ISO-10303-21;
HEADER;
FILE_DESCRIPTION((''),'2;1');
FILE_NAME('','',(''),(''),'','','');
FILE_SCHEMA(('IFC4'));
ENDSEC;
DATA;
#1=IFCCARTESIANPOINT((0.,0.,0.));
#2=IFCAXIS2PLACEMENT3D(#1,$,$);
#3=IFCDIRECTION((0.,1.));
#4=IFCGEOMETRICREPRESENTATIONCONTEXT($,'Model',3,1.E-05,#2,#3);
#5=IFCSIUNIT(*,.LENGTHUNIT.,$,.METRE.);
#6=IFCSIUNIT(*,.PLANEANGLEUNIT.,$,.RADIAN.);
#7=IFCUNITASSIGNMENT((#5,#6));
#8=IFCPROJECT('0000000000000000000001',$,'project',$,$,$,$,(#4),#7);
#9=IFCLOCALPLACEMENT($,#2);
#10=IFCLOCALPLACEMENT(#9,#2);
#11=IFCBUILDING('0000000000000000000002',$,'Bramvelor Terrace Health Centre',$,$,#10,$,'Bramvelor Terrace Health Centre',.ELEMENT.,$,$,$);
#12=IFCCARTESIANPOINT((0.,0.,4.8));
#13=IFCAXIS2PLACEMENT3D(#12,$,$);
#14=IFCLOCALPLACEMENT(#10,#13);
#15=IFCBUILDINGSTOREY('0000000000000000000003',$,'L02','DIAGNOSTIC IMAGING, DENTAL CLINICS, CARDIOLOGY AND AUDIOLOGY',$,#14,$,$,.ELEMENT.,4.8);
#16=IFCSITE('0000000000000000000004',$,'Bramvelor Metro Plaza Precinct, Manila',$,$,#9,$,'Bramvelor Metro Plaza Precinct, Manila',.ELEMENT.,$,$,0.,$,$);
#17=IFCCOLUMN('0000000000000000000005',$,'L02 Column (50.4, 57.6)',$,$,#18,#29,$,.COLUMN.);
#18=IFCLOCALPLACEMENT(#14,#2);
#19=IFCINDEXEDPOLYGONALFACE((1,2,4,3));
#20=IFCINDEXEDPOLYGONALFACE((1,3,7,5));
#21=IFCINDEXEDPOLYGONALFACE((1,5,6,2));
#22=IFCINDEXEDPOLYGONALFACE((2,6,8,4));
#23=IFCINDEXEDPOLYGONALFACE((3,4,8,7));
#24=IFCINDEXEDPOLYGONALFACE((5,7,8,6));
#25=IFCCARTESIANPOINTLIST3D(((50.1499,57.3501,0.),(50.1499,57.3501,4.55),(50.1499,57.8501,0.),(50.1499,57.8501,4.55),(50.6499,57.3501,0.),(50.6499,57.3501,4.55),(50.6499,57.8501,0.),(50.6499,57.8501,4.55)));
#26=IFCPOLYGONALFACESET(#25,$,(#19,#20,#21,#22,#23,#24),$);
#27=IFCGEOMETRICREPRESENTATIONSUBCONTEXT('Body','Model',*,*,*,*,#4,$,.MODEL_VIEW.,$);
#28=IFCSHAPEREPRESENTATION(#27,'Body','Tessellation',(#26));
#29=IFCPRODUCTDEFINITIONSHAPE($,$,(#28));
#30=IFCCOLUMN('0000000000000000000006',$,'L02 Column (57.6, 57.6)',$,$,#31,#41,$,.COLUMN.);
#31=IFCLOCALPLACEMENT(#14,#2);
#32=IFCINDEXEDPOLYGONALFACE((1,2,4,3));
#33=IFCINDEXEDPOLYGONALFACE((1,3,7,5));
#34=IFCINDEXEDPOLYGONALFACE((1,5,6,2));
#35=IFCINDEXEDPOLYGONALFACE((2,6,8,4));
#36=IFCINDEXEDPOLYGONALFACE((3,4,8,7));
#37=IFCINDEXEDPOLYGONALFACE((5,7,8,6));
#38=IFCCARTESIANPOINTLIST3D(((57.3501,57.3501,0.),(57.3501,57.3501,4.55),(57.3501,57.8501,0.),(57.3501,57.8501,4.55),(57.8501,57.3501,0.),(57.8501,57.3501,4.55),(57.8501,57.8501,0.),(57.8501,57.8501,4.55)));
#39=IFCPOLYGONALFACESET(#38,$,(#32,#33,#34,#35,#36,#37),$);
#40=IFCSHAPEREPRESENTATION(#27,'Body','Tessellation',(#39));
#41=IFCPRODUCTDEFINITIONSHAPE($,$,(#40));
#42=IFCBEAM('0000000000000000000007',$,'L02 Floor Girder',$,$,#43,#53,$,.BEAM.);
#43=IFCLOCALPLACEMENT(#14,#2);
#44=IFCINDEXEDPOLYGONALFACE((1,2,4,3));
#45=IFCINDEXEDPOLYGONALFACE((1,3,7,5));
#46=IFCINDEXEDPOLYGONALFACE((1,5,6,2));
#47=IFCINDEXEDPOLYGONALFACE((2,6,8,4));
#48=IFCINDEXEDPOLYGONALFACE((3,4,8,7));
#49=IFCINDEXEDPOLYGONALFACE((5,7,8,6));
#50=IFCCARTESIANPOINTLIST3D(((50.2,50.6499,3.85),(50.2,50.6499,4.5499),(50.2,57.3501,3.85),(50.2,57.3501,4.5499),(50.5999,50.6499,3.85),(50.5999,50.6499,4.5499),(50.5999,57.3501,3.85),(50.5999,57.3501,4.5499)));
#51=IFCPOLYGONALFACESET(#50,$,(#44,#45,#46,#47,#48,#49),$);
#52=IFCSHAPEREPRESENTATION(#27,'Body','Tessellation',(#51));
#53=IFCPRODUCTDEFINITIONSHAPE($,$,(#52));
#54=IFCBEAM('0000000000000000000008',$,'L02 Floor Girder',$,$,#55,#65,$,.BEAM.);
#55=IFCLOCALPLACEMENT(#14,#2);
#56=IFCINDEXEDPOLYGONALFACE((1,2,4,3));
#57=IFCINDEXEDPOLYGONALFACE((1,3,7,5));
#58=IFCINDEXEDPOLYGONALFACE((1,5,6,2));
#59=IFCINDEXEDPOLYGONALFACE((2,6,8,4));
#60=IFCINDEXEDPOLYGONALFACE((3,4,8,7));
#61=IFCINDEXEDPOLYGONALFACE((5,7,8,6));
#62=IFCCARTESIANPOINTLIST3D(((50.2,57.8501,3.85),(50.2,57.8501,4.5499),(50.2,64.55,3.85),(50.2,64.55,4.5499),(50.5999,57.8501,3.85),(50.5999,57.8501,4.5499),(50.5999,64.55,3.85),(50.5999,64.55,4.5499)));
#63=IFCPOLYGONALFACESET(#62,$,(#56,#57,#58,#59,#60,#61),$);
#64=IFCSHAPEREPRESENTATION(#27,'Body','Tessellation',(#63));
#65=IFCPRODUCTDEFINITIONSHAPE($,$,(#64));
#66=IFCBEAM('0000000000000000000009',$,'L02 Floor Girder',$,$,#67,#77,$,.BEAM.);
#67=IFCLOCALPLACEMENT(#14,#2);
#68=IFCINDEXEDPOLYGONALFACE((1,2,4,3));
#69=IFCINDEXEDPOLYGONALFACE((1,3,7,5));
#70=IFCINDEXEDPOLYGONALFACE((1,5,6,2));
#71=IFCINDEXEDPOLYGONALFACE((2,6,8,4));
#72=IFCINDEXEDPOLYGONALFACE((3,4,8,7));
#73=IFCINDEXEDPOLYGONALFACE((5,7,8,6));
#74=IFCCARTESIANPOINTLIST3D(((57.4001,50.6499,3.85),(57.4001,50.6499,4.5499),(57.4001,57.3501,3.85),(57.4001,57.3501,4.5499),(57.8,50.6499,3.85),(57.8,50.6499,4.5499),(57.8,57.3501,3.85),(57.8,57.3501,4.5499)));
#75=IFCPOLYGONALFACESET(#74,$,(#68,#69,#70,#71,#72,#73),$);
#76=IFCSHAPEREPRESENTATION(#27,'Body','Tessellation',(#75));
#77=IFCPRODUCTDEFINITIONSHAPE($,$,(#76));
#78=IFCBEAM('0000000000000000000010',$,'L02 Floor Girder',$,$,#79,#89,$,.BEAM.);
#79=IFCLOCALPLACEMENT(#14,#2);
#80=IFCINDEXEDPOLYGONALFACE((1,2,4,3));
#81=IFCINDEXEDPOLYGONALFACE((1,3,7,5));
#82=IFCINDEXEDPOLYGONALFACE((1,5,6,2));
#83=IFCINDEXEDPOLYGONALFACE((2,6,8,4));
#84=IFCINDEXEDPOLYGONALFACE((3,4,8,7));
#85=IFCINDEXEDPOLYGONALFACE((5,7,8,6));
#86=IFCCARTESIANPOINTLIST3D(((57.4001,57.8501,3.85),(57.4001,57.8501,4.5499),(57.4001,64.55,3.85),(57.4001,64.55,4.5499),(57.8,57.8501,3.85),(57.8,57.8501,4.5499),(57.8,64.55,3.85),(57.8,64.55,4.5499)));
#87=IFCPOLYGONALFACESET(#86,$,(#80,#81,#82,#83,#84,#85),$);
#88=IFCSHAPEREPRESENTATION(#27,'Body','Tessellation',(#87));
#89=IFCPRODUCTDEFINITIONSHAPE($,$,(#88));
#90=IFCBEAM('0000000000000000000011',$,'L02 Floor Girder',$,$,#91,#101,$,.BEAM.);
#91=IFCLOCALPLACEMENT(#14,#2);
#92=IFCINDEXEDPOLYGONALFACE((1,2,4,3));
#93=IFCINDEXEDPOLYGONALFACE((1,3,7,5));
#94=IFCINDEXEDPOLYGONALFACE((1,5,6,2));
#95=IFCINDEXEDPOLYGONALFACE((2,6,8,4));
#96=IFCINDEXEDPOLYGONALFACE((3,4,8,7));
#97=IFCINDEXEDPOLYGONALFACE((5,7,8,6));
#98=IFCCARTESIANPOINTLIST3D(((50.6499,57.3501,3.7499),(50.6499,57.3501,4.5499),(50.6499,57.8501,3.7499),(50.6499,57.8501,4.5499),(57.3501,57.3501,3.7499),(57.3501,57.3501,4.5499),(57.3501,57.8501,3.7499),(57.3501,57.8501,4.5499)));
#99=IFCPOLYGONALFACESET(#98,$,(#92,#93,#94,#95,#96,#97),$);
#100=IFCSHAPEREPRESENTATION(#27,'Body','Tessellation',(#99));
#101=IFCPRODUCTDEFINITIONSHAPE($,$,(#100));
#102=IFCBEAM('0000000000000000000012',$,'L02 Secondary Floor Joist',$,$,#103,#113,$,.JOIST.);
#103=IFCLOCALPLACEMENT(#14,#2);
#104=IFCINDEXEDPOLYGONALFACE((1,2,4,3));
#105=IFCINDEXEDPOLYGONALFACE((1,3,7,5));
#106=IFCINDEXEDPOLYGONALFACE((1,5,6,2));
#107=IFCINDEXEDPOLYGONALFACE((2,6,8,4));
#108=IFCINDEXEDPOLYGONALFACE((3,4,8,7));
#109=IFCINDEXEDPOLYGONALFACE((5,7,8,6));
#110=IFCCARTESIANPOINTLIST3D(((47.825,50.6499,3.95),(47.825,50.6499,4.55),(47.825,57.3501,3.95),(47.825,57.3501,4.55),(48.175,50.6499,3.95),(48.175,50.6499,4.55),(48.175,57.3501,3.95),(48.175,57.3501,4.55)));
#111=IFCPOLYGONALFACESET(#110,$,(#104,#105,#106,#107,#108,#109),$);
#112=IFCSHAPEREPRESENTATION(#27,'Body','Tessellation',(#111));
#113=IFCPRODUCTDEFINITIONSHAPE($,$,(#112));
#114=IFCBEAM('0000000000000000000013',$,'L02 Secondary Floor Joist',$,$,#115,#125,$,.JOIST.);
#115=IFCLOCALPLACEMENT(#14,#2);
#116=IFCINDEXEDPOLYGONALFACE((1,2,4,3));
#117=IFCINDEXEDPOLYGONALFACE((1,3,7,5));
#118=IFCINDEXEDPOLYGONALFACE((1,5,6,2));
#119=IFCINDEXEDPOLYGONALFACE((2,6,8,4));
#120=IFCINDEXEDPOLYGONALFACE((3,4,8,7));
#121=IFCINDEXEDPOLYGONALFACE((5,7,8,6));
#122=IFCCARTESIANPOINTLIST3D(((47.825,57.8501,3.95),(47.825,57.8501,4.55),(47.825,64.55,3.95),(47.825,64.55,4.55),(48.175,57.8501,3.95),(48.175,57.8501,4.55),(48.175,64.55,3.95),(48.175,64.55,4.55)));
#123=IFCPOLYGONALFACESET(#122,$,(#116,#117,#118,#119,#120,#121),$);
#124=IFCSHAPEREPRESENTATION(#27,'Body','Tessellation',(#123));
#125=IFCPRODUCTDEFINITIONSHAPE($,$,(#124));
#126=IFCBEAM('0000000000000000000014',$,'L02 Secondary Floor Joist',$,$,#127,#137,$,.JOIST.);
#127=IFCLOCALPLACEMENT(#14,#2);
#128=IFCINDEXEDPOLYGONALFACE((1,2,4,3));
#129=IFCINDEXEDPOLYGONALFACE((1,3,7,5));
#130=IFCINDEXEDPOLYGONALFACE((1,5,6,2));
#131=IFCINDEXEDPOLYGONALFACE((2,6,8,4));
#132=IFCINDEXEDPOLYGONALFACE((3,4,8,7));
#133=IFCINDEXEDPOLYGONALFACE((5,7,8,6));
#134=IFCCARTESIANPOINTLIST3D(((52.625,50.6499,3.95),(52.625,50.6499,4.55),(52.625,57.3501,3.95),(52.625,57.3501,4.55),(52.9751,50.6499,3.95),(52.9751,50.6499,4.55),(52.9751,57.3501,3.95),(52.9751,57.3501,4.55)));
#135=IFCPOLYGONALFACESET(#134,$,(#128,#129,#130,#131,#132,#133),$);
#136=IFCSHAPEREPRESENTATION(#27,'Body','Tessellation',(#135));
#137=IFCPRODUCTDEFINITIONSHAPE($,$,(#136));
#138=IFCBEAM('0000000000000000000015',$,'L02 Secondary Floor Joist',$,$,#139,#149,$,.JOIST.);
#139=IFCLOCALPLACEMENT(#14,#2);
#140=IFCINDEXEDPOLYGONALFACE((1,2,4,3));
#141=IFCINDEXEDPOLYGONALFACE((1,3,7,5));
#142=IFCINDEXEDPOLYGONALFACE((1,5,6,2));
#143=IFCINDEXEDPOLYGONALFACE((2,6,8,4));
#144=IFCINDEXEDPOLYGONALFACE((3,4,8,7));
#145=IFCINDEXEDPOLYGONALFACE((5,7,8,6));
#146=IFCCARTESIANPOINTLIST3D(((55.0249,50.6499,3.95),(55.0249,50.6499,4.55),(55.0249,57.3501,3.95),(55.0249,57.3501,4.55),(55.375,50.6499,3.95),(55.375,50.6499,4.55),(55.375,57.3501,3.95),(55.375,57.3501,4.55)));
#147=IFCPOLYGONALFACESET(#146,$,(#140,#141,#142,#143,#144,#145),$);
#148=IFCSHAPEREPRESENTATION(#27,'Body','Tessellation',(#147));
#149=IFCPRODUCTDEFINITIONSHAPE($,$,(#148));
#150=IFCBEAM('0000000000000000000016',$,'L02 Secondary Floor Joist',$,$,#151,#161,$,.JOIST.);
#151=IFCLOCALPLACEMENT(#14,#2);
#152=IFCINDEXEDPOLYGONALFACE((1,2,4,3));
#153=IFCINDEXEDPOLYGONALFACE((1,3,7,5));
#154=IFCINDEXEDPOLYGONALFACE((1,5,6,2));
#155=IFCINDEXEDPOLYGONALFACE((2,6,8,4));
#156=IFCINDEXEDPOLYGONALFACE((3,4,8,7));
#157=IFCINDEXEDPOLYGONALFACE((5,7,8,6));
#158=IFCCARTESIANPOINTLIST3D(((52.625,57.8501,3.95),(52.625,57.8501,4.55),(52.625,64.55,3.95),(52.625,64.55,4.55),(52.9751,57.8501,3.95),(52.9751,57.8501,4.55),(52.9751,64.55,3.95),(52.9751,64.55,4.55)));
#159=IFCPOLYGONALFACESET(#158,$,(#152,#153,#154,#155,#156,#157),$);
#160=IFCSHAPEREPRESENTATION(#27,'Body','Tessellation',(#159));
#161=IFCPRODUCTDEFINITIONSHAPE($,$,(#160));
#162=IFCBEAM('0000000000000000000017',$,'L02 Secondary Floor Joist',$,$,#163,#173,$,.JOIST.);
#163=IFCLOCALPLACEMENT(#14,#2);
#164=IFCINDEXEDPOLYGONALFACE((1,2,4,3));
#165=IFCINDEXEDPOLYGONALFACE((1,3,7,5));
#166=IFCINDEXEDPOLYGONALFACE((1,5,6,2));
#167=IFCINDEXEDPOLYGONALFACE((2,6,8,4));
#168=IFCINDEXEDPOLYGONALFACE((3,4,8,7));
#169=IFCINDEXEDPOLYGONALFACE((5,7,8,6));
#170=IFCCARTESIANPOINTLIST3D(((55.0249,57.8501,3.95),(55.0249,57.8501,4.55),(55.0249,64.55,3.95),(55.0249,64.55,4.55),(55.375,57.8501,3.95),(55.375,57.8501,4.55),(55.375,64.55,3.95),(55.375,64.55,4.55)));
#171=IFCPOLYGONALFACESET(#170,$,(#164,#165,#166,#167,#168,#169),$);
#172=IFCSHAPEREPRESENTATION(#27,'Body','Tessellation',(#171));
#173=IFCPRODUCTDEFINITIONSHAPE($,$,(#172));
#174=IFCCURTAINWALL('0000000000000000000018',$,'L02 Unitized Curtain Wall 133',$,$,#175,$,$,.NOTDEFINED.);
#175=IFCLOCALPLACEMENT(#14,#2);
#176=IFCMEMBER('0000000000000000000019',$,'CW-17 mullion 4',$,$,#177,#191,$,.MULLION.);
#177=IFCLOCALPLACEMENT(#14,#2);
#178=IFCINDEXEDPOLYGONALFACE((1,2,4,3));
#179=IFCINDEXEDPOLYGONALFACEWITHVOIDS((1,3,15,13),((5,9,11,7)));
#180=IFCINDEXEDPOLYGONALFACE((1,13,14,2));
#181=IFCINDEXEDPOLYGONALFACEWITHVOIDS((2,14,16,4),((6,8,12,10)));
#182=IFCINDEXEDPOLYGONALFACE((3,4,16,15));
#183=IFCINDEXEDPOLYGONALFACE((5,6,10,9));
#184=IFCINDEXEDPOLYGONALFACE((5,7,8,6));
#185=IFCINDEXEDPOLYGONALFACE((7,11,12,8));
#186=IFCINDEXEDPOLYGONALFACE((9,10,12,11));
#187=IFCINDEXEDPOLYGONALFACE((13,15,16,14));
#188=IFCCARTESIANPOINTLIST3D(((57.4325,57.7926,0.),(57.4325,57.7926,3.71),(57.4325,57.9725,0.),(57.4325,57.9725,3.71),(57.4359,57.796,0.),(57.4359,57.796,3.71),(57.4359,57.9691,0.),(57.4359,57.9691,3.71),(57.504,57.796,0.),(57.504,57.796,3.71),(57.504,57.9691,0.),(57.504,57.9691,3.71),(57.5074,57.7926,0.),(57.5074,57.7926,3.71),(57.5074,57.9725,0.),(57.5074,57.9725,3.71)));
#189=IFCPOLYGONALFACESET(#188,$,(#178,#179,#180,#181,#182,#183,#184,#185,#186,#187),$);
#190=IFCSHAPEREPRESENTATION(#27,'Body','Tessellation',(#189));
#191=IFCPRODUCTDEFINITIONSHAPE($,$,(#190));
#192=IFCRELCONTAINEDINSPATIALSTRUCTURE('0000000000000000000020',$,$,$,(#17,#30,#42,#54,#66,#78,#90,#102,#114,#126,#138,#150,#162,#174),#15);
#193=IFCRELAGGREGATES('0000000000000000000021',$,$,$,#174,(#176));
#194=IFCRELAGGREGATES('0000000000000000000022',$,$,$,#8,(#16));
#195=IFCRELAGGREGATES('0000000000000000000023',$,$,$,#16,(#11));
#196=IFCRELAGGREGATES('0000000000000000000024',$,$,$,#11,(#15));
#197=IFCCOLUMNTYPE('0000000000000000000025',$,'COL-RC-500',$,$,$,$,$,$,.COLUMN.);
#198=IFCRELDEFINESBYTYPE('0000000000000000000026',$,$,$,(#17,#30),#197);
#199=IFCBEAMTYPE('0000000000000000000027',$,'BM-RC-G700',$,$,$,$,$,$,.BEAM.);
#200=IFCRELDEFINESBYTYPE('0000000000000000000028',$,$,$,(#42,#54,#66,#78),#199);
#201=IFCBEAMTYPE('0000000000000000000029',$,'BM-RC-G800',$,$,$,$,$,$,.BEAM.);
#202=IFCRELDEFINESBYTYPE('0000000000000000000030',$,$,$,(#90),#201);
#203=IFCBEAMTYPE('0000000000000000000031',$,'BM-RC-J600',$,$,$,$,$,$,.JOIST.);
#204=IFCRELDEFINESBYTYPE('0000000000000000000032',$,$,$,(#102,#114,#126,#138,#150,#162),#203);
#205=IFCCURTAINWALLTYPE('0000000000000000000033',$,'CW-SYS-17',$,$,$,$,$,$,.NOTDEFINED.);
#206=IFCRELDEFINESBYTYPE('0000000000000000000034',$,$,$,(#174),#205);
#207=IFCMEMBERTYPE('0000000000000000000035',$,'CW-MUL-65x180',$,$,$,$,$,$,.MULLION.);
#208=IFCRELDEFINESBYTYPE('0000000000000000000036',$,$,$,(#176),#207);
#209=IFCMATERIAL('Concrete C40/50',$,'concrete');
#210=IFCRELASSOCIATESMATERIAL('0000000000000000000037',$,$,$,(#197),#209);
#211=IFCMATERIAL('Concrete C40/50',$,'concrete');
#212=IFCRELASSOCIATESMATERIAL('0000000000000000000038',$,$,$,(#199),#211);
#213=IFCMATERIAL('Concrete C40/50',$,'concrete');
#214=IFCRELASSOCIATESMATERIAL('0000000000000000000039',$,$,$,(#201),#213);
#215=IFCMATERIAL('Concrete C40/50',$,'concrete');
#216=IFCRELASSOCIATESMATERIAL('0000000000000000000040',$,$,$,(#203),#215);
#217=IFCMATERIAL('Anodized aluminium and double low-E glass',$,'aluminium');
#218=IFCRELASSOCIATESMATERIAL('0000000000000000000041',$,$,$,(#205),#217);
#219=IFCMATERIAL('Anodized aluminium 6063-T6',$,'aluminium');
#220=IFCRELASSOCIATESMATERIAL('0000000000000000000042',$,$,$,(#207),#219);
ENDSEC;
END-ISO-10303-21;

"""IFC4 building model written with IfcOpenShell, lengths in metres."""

from ifc_helpers import new_model, si_unit, direction, frame, origin, origin_2d, place, context, subcontext, project, spatial, rectangle, hollow_rectangle, extrude, material, material_profile, profile_set, type_object, element, aggregate, save


model = new_model("IFC4")

# Units and contexts
model_context = context("Model", 3, precision=1e-05, world=origin(), true_north=direction((0.0, 1.0)))
body_context = subcontext(model_context, "Body", "Model", "MODEL_VIEW")
ifc_project = project(units=[si_unit("LENGTHUNIT", "METRE"), si_unit("PLANEANGLEUNIT", "RADIAN")], contexts=[model_context])

# Site, building, storey
site_placement = place(None, origin())
site = spatial("IfcSite", under=ifc_project, at=site_placement, Name="Bramvelor Metro Plaza Precinct, Manila", LongName="Bramvelor Metro Plaza Precinct, Manila", CompositionType="ELEMENT", RefElevation=0.0)
building_placement = place(site_placement, origin())
building = spatial("IfcBuilding", under=site, at=building_placement, Name="Bramvelor Terrace Health Centre", LongName="Bramvelor Terrace Health Centre", CompositionType="ELEMENT")
storey_placement = place(building_placement, frame((0.0, 0.0, 4.8)))
storey = spatial("IfcBuildingStorey", under=building, at=storey_placement, Name="L02", Description="DIAGNOSTIC IMAGING, DENTAL CLINICS, CARDIOLOGY AND AUDIOLOGY", CompositionType="ELEMENT", Elevation=4.8)

# Columns
ifc_material_1 = material(Name="Concrete C40/50", Category="concrete")
ifc_material_profile_1 = material_profile(ifc_material_1, rectangle(XDim=0.5, YDim=0.5, at=origin_2d()), Name="RC 500x500")
ifc_profile_set_1 = profile_set([ifc_material_profile_1], Name="Concrete C40/50")
column_type = type_object("IfcColumnType", Name="COL-RC-500", PredefinedType="COLUMN", material=ifc_profile_set_1)
for number, where, z_axis, x_axis, name in (
    (1, (50.3999, 57.6001, 0.0), (0.0, 0.0, 1.0), (1.0, 0.0, 0.0), "L02 Column (50.4, 57.6)"),
    (2, (57.6001, 57.6001, 0.0), (0.0, 0.0, 1.0), (1.0, 0.0, 0.0), "L02 Column (57.6, 57.6)"),
):
    element("IfcColumn", number, at=place(storey_placement, frame(where, z_axis=z_axis, x_axis=x_axis)), inside=storey, type_object=column_type, Name=name, PredefinedType="COLUMN", context=body_context, shape_type="SweptSolid", body=[
        extrude(rectangle(XDim=0.5, YDim=0.5, at=origin_2d()), origin(), (0.0, 0.0, 1.0), 4.55),
    ])

# Beams
ifc_material_2 = material(Name="Concrete C40/50", Category="concrete")
ifc_material_profile_2 = material_profile(ifc_material_2, rectangle(XDim=0.3999, YDim=0.7, at=origin_2d()), Name="RC 400x700")
ifc_profile_set_2 = profile_set([ifc_material_profile_2], Name="Concrete C40/50")
beam_type_1 = type_object("IfcBeamType", Name="BM-RC-G700", PredefinedType="BEAM", material=ifc_profile_set_2)
beam_1_placement = place(storey_placement, frame((50.3999, 50.6499, 4.2), z_axis=(0.0, 1.0, 0.0), x_axis=(-1.0, 0.0, 0.0)))
element("IfcBeam", 3, at=beam_1_placement, inside=storey, type_object=beam_type_1, Name="L02 Floor Girder", PredefinedType="BEAM", context=body_context, shape_type="SweptSolid", body=[
    extrude(rectangle(XDim=0.3999, YDim=0.7, at=origin_2d()), origin(), (0.0, 0.0, 1.0), 6.7002),
])
beam_2_placement = place(storey_placement, frame((50.3999, 57.8501, 4.2), z_axis=(0.0, 1.0, 0.0), x_axis=(-1.0, 0.0, 0.0)))
element("IfcBeam", 4, at=beam_2_placement, inside=storey, type_object=beam_type_1, Name="L02 Floor Girder", PredefinedType="BEAM", context=body_context, shape_type="SweptSolid", body=[
    extrude(rectangle(XDim=0.3999, YDim=0.7, at=origin_2d()), origin(), (0.0, 0.0, 1.0), 6.7),
])
beam_3_placement = place(storey_placement, frame((57.6001, 50.6499, 4.2), z_axis=(0.0, 1.0, 0.0), x_axis=(-1.0, 0.0, 0.0)))
element("IfcBeam", 5, at=beam_3_placement, inside=storey, type_object=beam_type_1, Name="L02 Floor Girder", PredefinedType="BEAM", context=body_context, shape_type="SweptSolid", body=[
    extrude(rectangle(XDim=0.3999, YDim=0.7, at=origin_2d()), origin(), (0.0, 0.0, 1.0), 6.7002),
])
beam_4_placement = place(storey_placement, frame((57.6001, 57.8501, 4.2), z_axis=(0.0, 1.0, 0.0), x_axis=(-1.0, 0.0, 0.0)))
element("IfcBeam", 6, at=beam_4_placement, inside=storey, type_object=beam_type_1, Name="L02 Floor Girder", PredefinedType="BEAM", context=body_context, shape_type="SweptSolid", body=[
    extrude(rectangle(XDim=0.3999, YDim=0.7, at=origin_2d()), origin(), (0.0, 0.0, 1.0), 6.7),
])
ifc_material_3 = material(Name="Concrete C40/50", Category="concrete")
ifc_material_profile_3 = material_profile(ifc_material_3, rectangle(XDim=0.5, YDim=0.8, at=origin_2d()), Name="RC 500x800")
ifc_profile_set_3 = profile_set([ifc_material_profile_3], Name="Concrete C40/50")
beam_type_2 = type_object("IfcBeamType", Name="BM-RC-G800", PredefinedType="BEAM", material=ifc_profile_set_3)
beam_5_placement = place(storey_placement, frame((50.6499, 57.6001, 4.1499), z_axis=(1.0, 0.0, 0.0), x_axis=(0.0, 1.0, 0.0)))
element("IfcBeam", 7, at=beam_5_placement, inside=storey, type_object=beam_type_2, Name="L02 Floor Girder", PredefinedType="BEAM", context=body_context, shape_type="SweptSolid", body=[
    extrude(rectangle(XDim=0.5, YDim=0.8, at=origin_2d()), origin(), (0.0, 0.0, 1.0), 6.7002),
])
ifc_material_4 = material(Name="Concrete C40/50", Category="concrete")
ifc_material_profile_4 = material_profile(ifc_material_4, rectangle(XDim=0.3501, YDim=0.6001, at=origin_2d()), Name="RC 350x600")
ifc_profile_set_4 = profile_set([ifc_material_profile_4], Name="Concrete C40/50")
beam_type_3 = type_object("IfcBeamType", Name="BM-RC-J600", PredefinedType="JOIST", material=ifc_profile_set_4)
beam_6_placement = place(storey_placement, frame((48.0, 50.6499, 4.25), z_axis=(0.0, 1.0, 0.0), x_axis=(-1.0, 0.0, 0.0)))
element("IfcBeam", 8, at=beam_6_placement, inside=storey, type_object=beam_type_3, Name="L02 Secondary Floor Joist", PredefinedType="JOIST", context=body_context, shape_type="SweptSolid", body=[
    extrude(rectangle(XDim=0.3501, YDim=0.6001, at=origin_2d()), origin(), (0.0, 0.0, 1.0), 6.7002),
])
beam_7_placement = place(storey_placement, frame((48.0, 57.8501, 4.25), z_axis=(0.0, 1.0, 0.0), x_axis=(-1.0, 0.0, 0.0)))
element("IfcBeam", 9, at=beam_7_placement, inside=storey, type_object=beam_type_3, Name="L02 Secondary Floor Joist", PredefinedType="JOIST", context=body_context, shape_type="SweptSolid", body=[
    extrude(rectangle(XDim=0.3501, YDim=0.6001, at=origin_2d()), origin(), (0.0, 0.0, 1.0), 6.7),
])
for number, where, z_axis, x_axis, name in (
    (10, (52.8, 50.6499, 4.25), (0.0, 1.0, 0.0), (-1.0, 0.0, 0.0), "L02 Secondary Floor Joist"),
    (11, (55.2, 50.6499, 4.25), (0.0, 1.0, 0.0), (-1.0, 0.0, 0.0), "L02 Secondary Floor Joist"),
):
    element("IfcBeam", number, at=place(storey_placement, frame(where, z_axis=z_axis, x_axis=x_axis)), inside=storey, type_object=beam_type_3, Name=name, PredefinedType="JOIST", context=body_context, shape_type="SweptSolid", body=[
        extrude(rectangle(XDim=0.3501, YDim=0.6001, at=origin_2d()), origin(), (0.0, 0.0, 1.0), 6.7002),
    ])
for number, where, z_axis, x_axis, name in (
    (12, (52.8, 57.8501, 4.25), (0.0, 1.0, 0.0), (-1.0, 0.0, 0.0), "L02 Secondary Floor Joist"),
    (13, (55.2, 57.8501, 4.25), (0.0, 1.0, 0.0), (-1.0, 0.0, 0.0), "L02 Secondary Floor Joist"),
):
    element("IfcBeam", number, at=place(storey_placement, frame(where, z_axis=z_axis, x_axis=x_axis)), inside=storey, type_object=beam_type_3, Name=name, PredefinedType="JOIST", context=body_context, shape_type="SweptSolid", body=[
        extrude(rectangle(XDim=0.3501, YDim=0.6001, at=origin_2d()), origin(), (0.0, 0.0, 1.0), 6.7),
    ])

# Curtain wall, member
ifc_material_5 = material(Name="Anodized aluminium and double low-E glass", Category="aluminium")
curtain_wall_type = type_object("IfcCurtainWallType", Name="CW-SYS-17", PredefinedType="NOTDEFINED", material=ifc_material_5)
curtain_wall_1_placement = place(storey_placement, origin())
curtain_wall_1 = element("IfcCurtainWall", 14, at=curtain_wall_1_placement, inside=storey, type_object=curtain_wall_type, Name="L02 Unitized Curtain Wall 133", PredefinedType="NOTDEFINED")
ifc_material_6 = material(Name="Anodized aluminium 6063-T6", Category="aluminium")
ifc_material_profile_5 = material_profile(ifc_material_6, hollow_rectangle(XDim=0.075, YDim=0.1799, WallThickness=0.0034, at=origin_2d()), Name="ALU-MUL 75x180x3.5")
ifc_profile_set_5 = profile_set([ifc_material_profile_5], Name="Anodized aluminium 6063-T6")
member_type_1 = type_object("IfcMemberType", Name="CW-MUL-65x180", PredefinedType="MULLION", material=ifc_profile_set_5)
member_1_placement = place(storey_placement, frame((57.47, 57.8826, 0.0), z_axis=(0.0, 0.0, 1.0), x_axis=(1.0, 0.0, 0.0)))
member_1 = element("IfcMember", 15, at=member_1_placement, type_object=member_type_1, Name="CW-17 mullion 4", PredefinedType="MULLION", context=body_context, shape_type="SweptSolid", body=[
    extrude(hollow_rectangle(XDim=0.075, YDim=0.1799, WallThickness=0.0034, at=origin_2d()), origin(), (0.0, 0.0, 1.0), 3.71),
])

aggregate(curtain_wall_1, [member_1])

save(model, "model.ifc")
